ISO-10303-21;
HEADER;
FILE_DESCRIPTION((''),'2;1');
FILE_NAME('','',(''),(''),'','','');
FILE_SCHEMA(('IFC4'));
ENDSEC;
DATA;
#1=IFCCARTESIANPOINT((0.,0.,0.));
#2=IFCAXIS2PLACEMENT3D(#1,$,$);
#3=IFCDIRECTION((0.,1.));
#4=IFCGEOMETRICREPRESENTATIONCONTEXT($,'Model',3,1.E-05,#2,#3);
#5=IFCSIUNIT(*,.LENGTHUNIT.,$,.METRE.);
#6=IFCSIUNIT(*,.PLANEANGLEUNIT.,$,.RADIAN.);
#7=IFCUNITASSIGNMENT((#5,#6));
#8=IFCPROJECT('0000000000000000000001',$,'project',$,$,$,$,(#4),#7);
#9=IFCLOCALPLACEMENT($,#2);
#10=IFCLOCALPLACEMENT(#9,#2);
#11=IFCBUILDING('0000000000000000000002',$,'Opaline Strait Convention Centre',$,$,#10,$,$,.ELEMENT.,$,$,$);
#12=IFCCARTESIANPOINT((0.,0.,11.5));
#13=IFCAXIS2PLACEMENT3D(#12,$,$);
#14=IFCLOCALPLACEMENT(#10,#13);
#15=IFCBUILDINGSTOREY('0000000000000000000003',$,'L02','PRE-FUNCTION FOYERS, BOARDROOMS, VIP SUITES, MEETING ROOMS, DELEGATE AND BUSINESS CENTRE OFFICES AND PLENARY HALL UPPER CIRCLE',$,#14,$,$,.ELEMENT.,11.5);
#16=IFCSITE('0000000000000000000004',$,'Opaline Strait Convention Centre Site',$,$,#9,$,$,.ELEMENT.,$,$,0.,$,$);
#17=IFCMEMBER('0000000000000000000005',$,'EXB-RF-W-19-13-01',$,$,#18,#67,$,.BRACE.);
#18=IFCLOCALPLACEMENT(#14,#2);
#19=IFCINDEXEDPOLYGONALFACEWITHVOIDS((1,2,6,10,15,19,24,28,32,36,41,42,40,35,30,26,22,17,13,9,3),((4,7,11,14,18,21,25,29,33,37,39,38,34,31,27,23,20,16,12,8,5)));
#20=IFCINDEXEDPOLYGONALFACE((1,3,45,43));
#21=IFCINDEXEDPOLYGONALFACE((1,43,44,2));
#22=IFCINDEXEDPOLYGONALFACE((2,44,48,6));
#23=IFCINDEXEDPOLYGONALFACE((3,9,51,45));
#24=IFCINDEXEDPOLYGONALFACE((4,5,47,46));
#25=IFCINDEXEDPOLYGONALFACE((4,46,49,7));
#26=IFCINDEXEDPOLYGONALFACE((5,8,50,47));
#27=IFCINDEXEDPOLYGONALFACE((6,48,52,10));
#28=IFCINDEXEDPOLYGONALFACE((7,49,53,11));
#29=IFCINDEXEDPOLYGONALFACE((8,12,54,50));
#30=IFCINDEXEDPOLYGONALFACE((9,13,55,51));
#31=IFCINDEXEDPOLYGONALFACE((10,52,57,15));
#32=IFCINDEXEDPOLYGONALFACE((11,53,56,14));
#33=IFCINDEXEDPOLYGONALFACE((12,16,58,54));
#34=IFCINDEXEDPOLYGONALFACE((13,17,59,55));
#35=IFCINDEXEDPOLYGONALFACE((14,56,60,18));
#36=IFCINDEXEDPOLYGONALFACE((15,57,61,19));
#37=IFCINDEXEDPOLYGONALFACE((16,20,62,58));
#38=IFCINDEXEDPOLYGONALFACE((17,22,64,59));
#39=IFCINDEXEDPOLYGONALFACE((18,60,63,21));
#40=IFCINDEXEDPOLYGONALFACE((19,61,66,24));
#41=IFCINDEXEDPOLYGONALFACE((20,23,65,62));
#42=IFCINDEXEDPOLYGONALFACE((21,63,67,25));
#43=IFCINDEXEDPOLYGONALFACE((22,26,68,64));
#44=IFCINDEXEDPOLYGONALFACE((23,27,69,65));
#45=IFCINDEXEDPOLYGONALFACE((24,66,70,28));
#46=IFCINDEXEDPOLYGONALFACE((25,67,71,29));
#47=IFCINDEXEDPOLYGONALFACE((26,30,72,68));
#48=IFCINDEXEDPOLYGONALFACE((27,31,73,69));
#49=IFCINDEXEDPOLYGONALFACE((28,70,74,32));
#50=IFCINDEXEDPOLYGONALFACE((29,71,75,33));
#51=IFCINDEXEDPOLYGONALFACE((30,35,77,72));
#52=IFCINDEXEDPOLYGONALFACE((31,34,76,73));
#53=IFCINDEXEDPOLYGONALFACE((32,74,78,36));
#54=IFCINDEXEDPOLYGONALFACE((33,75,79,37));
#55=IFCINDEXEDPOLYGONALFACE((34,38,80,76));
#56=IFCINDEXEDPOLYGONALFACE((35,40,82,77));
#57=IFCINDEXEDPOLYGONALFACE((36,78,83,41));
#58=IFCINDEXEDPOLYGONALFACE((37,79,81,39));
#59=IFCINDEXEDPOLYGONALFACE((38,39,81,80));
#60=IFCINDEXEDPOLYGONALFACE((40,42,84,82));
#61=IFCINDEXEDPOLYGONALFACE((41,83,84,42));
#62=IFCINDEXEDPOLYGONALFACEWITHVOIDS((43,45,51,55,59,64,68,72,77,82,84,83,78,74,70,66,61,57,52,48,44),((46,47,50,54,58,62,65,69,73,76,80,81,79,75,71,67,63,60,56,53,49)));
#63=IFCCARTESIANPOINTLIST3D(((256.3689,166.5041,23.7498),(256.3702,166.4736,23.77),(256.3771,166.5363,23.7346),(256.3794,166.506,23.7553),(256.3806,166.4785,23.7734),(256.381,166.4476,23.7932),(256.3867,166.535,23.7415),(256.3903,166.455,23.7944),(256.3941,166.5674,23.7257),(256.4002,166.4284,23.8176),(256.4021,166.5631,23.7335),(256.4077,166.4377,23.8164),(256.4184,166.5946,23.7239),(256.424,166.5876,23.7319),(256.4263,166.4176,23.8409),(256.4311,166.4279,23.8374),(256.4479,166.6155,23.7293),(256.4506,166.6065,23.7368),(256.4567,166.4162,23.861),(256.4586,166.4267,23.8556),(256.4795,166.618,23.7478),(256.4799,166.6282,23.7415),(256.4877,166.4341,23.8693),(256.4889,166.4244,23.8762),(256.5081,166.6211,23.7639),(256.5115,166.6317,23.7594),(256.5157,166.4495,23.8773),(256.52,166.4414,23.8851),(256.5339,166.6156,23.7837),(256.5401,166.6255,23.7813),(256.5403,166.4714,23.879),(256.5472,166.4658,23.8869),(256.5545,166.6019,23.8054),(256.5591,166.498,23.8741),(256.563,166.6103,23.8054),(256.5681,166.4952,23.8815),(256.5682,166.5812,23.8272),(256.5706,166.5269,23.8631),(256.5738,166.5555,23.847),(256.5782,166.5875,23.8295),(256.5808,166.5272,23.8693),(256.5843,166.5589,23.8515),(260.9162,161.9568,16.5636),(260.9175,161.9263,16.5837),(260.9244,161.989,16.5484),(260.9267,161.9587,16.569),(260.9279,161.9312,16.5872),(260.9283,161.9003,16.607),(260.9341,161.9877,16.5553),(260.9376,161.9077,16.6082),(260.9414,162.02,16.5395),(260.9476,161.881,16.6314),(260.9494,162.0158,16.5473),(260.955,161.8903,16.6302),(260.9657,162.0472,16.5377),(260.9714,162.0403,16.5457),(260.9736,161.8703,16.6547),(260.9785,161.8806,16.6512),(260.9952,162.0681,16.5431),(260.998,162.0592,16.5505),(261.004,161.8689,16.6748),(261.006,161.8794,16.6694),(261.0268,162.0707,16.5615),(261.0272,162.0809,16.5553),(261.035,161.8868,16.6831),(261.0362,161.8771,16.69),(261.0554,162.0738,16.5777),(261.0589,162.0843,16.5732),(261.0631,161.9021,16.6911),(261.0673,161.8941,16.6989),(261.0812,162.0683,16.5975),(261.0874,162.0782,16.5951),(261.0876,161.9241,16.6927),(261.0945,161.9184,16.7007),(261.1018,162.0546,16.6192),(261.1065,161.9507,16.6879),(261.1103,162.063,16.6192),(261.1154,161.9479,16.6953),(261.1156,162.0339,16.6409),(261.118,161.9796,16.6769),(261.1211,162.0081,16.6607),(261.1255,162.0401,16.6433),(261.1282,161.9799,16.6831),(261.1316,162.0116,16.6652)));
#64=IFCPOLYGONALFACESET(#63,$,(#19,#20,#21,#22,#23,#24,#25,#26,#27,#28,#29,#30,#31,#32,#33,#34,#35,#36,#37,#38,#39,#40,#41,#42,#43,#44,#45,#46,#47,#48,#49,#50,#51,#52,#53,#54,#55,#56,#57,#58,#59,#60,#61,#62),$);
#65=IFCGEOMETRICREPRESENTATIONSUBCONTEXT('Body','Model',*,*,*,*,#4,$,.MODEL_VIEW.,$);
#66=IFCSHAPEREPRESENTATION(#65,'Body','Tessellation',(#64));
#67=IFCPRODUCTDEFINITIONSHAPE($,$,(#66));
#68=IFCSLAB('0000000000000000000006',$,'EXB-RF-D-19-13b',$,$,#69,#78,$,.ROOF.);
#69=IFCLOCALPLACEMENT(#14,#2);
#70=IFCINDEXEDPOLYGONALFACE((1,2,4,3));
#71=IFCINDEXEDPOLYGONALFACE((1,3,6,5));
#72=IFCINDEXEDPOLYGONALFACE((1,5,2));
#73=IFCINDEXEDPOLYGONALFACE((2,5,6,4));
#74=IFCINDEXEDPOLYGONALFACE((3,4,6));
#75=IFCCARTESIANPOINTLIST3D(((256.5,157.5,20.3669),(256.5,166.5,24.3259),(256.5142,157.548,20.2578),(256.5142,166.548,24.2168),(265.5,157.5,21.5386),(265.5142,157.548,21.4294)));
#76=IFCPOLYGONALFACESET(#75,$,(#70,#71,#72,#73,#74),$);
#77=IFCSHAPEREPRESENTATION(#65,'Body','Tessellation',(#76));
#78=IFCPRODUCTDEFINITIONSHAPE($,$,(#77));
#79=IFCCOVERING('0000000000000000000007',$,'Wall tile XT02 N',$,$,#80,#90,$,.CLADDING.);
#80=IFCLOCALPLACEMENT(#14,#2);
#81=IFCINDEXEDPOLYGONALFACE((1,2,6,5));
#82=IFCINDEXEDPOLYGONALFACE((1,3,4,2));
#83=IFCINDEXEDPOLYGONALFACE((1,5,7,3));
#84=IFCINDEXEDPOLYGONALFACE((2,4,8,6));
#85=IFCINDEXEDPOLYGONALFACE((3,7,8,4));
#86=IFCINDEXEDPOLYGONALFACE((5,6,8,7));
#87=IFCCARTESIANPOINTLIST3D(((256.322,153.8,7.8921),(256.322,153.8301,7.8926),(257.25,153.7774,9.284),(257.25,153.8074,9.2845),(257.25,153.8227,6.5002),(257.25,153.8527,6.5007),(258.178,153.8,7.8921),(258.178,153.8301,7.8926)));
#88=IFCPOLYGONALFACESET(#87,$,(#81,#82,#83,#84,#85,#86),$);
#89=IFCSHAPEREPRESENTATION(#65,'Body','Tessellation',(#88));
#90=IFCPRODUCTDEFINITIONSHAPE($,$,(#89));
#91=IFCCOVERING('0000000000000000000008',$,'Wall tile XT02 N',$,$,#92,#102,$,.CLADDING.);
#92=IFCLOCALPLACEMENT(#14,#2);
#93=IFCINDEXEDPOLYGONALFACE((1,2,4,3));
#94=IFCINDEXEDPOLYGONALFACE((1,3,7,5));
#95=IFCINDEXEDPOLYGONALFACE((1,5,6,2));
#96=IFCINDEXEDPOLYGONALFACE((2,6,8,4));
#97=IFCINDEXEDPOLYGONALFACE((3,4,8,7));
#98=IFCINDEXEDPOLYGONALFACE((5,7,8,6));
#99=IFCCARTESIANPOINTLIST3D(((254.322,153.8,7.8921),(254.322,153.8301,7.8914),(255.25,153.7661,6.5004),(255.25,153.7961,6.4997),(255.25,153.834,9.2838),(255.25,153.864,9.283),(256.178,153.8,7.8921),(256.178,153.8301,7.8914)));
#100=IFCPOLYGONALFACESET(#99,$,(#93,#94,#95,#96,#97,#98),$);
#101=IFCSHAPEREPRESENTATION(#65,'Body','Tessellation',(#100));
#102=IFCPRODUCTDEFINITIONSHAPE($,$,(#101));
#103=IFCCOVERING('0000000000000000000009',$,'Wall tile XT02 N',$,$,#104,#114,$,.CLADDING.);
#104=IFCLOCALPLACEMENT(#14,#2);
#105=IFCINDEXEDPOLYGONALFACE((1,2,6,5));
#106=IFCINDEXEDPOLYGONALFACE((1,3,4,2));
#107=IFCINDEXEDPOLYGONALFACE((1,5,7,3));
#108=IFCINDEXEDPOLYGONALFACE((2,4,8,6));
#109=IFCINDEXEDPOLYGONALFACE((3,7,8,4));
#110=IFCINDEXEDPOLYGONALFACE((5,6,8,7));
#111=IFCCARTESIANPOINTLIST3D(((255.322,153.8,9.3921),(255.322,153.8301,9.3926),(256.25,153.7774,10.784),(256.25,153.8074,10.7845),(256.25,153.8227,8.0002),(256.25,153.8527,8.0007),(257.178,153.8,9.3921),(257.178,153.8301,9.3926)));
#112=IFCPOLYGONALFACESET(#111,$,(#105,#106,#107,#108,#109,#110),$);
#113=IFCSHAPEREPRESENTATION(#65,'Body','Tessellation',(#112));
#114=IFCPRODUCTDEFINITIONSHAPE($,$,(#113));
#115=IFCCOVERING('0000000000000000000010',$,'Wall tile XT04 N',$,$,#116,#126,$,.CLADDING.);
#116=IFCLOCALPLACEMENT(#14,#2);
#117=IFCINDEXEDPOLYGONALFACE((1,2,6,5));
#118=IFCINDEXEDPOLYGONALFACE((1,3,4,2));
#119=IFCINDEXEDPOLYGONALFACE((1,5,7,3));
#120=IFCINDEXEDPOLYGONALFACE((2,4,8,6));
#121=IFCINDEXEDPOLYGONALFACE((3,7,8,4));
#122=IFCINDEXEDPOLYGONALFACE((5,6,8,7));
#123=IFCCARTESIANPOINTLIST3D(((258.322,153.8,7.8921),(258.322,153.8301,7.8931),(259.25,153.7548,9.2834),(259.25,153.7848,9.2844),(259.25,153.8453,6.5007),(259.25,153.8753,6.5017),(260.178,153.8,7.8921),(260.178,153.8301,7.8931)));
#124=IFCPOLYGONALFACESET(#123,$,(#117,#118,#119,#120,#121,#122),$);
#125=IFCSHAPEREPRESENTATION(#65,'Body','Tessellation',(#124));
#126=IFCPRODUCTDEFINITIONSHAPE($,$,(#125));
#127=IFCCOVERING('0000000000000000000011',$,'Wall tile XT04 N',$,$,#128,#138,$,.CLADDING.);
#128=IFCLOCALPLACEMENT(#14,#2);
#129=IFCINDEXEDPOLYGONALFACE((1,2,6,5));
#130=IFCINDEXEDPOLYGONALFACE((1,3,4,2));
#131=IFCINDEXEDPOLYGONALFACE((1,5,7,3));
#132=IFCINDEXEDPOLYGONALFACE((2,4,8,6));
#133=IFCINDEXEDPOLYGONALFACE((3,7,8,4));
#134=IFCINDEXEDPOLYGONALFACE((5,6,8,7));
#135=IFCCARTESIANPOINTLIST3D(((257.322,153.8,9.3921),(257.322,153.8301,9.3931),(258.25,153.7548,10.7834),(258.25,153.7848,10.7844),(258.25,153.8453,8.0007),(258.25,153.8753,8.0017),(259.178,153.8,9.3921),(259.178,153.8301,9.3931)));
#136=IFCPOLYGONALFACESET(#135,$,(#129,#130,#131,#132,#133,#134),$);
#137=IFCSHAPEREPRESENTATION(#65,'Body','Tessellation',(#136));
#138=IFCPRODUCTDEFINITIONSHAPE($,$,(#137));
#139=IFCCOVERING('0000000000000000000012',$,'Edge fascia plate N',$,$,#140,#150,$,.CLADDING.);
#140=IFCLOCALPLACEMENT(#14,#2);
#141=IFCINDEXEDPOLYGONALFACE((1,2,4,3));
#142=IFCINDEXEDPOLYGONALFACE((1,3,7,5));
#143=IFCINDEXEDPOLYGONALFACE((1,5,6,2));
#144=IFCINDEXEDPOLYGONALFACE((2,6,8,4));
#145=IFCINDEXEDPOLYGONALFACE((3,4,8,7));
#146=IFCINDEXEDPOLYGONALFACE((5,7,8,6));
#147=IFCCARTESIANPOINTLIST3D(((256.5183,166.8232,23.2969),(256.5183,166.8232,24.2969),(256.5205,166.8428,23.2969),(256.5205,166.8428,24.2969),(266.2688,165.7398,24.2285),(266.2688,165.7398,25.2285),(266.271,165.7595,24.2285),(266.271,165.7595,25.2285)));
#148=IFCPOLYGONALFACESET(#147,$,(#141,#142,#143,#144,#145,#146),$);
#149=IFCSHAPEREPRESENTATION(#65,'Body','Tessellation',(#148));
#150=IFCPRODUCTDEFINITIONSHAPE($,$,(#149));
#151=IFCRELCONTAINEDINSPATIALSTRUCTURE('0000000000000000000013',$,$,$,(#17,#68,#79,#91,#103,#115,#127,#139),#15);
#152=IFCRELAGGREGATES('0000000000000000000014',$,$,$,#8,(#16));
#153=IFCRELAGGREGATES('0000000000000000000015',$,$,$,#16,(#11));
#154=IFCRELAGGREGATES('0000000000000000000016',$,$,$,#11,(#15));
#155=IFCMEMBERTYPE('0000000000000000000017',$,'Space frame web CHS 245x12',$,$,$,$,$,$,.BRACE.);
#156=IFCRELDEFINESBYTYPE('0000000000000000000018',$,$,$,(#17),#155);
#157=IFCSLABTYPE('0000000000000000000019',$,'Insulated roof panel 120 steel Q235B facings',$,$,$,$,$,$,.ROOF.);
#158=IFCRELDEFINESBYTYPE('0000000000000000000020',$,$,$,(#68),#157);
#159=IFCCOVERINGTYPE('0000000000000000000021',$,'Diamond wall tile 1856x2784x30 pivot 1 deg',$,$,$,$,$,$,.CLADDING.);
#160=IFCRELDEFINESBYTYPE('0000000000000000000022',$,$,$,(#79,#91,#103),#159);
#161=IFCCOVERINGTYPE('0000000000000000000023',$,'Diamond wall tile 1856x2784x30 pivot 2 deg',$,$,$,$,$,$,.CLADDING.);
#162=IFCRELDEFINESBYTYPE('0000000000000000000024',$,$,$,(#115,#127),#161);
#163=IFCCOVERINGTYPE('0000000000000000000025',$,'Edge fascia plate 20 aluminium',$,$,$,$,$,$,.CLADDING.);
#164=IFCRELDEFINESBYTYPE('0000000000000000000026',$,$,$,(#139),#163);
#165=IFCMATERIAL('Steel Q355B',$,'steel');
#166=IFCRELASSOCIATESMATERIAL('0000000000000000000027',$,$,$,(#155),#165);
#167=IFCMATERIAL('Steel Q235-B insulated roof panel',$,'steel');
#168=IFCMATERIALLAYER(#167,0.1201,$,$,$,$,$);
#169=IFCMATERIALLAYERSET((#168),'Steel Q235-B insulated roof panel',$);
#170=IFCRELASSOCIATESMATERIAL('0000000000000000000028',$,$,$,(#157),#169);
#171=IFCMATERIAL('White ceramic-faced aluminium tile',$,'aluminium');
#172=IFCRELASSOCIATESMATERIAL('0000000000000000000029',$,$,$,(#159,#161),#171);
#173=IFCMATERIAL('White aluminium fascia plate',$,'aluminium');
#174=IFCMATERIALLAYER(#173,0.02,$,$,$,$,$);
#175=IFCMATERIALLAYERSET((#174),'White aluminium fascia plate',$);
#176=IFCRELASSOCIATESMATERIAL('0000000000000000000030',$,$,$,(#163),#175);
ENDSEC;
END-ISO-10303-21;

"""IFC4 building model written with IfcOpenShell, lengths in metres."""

from ifc_helpers import new_model, si_unit, direction, frame, origin, origin_2d, place, context, subcontext, project, spatial, polyline, hollow_circle, outline, extrude, material, layer, layer_set, material_profile, profile_set, type_object, element, save


model = new_model("IFC4")

# Units and contexts
model_context = context("Model", 3, precision=1e-05, world=origin(), true_north=direction((0.0, 1.0)))
body_context = subcontext(model_context, "Body", "Model", "MODEL_VIEW")
ifc_project = project(units=[si_unit("LENGTHUNIT", "METRE"), si_unit("PLANEANGLEUNIT", "RADIAN")], contexts=[model_context])

# Site, building, storey
site_placement = place(None, origin())
site = spatial("IfcSite", under=ifc_project, at=site_placement, Name="Opaline Strait Convention Centre Site", CompositionType="ELEMENT", RefElevation=0.0)
building_placement = place(site_placement, origin())
building = spatial("IfcBuilding", under=site, at=building_placement, Name="Opaline Strait Convention Centre", CompositionType="ELEMENT")
storey_placement = place(building_placement, frame((0.0, 0.0, 11.5)))
storey = spatial("IfcBuildingStorey", under=building, at=storey_placement, Name="L02", Description="PRE-FUNCTION FOYERS, BOARDROOMS, VIP SUITES, MEETING ROOMS, DELEGATE AND BUSINESS CENTRE OFFICES AND PLENARY HALL UPPER CIRCLE", CompositionType="ELEMENT", Elevation=11.5)

# Member
ifc_material_1 = material(Name="Steel Q355B", Category="steel")
ifc_material_profile_1 = material_profile(ifc_material_1, hollow_circle(Radius=0.1226, WallThickness=0.012, at=origin_2d()), Name="CHS 245x12")
ifc_profile_set_1 = profile_set([ifc_material_profile_1], Name="Steel Q355B")
member_type_1 = type_object("IfcMemberType", Name="Space frame web CHS 245x12", PredefinedType="BRACE", material=ifc_profile_set_1)
member_1_placement = place(storey_placement, frame((256.4763, 166.5237, 23.8054), z_axis=(0.471541, -0.471541, -0.745184), x_axis=(0.707107, 0.707107, 0.0)))
element("IfcMember", 1, at=member_1_placement, inside=storey, type_object=member_type_1, Name="EXB-RF-W-19-13-01", PredefinedType="BRACE", context=body_context, shape_type="SweptSolid", body=[
    extrude(hollow_circle(Radius=0.1226, WallThickness=0.012, at=origin_2d()), origin(), (0.0, 0.0, 1.0), 9.6436),
])

# Slab
ifc_material_2 = material(Name="Steel Q235-B insulated roof panel", Category="steel")
ifc_layer_1 = layer(ifc_material_2, 0.1201)
ifc_layer_set_1 = layer_set([ifc_layer_1], Name="Steel Q235-B insulated roof panel")
slab_type = type_object("IfcSlabType", Name="Insulated roof panel 120 steel Q235B facings", PredefinedType="ROOF", material=ifc_layer_set_1)
slab_placement = place(storey_placement, frame((256.5, 157.5, 20.3669), z_axis=(-0.118325, -0.399823, 0.908923), x_axis=(0.991633, 0.0, 0.129092)))
element("IfcSlab", 2, at=slab_placement, inside=storey, type_object=slab_type, Name="EXB-RF-D-19-13b", PredefinedType="ROOF", context=body_context, shape_type="SweptSolid", body=[
    extrude(outline(polyline([(0.0, 0.0), (9.0759, 0.0), (0.5111, 9.819), (0.0, 0.0)])), origin(), (0.0, 0.0, -1.0), 0.1201),
])

# Coverings
ifc_material_3 = material(Name="White ceramic-faced aluminium tile", Category="aluminium")
ifc_material_profile_2 = material_profile(ifc_material_3, outline(polyline([(0.928, 0.0), (0.0, 1.3921), (-0.928, 0.0), (0.0, -1.3921), (0.928, 0.0)])), Name="Diamond tile 1856x2784")
ifc_profile_set_2 = profile_set([ifc_material_profile_2], Name="White ceramic-faced aluminium tile")
covering_type_1 = type_object("IfcCoveringType", Name="Diamond wall tile 1856x2784x30 pivot 1 deg", PredefinedType="CLADDING", material=ifc_profile_set_2)
for number, where, z_axis, x_axis, name in (
    (3, (257.25, 153.8, 7.8921), (0.0, 0.999868, 0.016258), (-1.0, 0.0, 0.0), "Wall tile XT02 N"),
    (4, (255.25, 153.8, 7.8921), (0.0, 0.999703, -0.024383), (-1.0, 0.0, 0.0), "Wall tile XT02 N"),
    (5, (256.25, 153.8, 9.3921), (0.0, 0.999868, 0.016258), (-1.0, 0.0, 0.0), "Wall tile XT02 N"),
):
    element("IfcCovering", number, at=place(storey_placement, frame(where, z_axis=z_axis, x_axis=x_axis)), inside=storey, type_object=covering_type_1, Name=name, PredefinedType="CLADDING", context=body_context, shape_type="SweptSolid", body=[
        extrude(outline(polyline([(0.928, 0.0), (0.0, 1.3921), (-0.928, 0.0), (0.0, -1.3921), (0.928, 0.0)])), origin(), (0.0, 0.0, 1.0), 0.03),
    ])
ifc_material_profile_3 = material_profile(ifc_material_3, outline(polyline([(0.928, 0.0), (0.0, 1.3921), (-0.928, 0.0), (0.0, -1.3921), (0.928, 0.0)])), Name="Diamond tile 1856x2784")
ifc_profile_set_3 = profile_set([ifc_material_profile_3], Name="White ceramic-faced aluminium tile")
covering_type_2 = type_object("IfcCoveringType", Name="Diamond wall tile 1856x2784x30 pivot 2 deg", PredefinedType="CLADDING", material=ifc_profile_set_3)
for number, where, z_axis, x_axis, name in (
    (6, (259.25, 153.8, 7.8921), (0.0, 0.999472, 0.032503), (-1.0, 0.0, 0.0), "Wall tile XT04 N"),
    (7, (258.25, 153.8, 9.3921), (0.0, 0.999472, 0.032503), (-1.0, 0.0, 0.0), "Wall tile XT04 N"),
):
    element("IfcCovering", number, at=place(storey_placement, frame(where, z_axis=z_axis, x_axis=x_axis)), inside=storey, type_object=covering_type_2, Name=name, PredefinedType="CLADDING", context=body_context, shape_type="SweptSolid", body=[
        extrude(outline(polyline([(0.928, 0.0), (0.0, 1.3921), (-0.928, 0.0), (0.0, -1.3921), (0.928, 0.0)])), origin(), (0.0, 0.0, 1.0), 0.03),
    ])
ifc_material_4 = material(Name="White aluminium fascia plate", Category="aluminium")
ifc_layer_2 = layer(ifc_material_4, 0.02)
ifc_layer_set_2 = layer_set([ifc_layer_2], Name="White aluminium fascia plate")
covering_type_3 = type_object("IfcCoveringType", Name="Edge fascia plate 20 aluminium", PredefinedType="CLADDING", material=ifc_layer_set_2)
covering_placement = place(storey_placement, frame((261.3936, 166.2815, 24.2627), z_axis=(0.110432, 0.993884, 0.0), x_axis=(-0.993884, 0.110432, 0.0)))
element("IfcCovering", 8, at=covering_placement, inside=storey, type_object=covering_type_3, Name="Edge fascia plate N", PredefinedType="CLADDING", context=body_context, shape_type="SweptSolid", body=[
    extrude(outline(polyline([(-4.9053, 0.9658), (4.9053, 0.0342), (4.9053, -0.9658), (-4.9053, -0.0342), (-4.9053, 0.9658)])), origin(), (0.0, 0.0, 1.0), 0.0198),
])

save(model, "model.ifc")
